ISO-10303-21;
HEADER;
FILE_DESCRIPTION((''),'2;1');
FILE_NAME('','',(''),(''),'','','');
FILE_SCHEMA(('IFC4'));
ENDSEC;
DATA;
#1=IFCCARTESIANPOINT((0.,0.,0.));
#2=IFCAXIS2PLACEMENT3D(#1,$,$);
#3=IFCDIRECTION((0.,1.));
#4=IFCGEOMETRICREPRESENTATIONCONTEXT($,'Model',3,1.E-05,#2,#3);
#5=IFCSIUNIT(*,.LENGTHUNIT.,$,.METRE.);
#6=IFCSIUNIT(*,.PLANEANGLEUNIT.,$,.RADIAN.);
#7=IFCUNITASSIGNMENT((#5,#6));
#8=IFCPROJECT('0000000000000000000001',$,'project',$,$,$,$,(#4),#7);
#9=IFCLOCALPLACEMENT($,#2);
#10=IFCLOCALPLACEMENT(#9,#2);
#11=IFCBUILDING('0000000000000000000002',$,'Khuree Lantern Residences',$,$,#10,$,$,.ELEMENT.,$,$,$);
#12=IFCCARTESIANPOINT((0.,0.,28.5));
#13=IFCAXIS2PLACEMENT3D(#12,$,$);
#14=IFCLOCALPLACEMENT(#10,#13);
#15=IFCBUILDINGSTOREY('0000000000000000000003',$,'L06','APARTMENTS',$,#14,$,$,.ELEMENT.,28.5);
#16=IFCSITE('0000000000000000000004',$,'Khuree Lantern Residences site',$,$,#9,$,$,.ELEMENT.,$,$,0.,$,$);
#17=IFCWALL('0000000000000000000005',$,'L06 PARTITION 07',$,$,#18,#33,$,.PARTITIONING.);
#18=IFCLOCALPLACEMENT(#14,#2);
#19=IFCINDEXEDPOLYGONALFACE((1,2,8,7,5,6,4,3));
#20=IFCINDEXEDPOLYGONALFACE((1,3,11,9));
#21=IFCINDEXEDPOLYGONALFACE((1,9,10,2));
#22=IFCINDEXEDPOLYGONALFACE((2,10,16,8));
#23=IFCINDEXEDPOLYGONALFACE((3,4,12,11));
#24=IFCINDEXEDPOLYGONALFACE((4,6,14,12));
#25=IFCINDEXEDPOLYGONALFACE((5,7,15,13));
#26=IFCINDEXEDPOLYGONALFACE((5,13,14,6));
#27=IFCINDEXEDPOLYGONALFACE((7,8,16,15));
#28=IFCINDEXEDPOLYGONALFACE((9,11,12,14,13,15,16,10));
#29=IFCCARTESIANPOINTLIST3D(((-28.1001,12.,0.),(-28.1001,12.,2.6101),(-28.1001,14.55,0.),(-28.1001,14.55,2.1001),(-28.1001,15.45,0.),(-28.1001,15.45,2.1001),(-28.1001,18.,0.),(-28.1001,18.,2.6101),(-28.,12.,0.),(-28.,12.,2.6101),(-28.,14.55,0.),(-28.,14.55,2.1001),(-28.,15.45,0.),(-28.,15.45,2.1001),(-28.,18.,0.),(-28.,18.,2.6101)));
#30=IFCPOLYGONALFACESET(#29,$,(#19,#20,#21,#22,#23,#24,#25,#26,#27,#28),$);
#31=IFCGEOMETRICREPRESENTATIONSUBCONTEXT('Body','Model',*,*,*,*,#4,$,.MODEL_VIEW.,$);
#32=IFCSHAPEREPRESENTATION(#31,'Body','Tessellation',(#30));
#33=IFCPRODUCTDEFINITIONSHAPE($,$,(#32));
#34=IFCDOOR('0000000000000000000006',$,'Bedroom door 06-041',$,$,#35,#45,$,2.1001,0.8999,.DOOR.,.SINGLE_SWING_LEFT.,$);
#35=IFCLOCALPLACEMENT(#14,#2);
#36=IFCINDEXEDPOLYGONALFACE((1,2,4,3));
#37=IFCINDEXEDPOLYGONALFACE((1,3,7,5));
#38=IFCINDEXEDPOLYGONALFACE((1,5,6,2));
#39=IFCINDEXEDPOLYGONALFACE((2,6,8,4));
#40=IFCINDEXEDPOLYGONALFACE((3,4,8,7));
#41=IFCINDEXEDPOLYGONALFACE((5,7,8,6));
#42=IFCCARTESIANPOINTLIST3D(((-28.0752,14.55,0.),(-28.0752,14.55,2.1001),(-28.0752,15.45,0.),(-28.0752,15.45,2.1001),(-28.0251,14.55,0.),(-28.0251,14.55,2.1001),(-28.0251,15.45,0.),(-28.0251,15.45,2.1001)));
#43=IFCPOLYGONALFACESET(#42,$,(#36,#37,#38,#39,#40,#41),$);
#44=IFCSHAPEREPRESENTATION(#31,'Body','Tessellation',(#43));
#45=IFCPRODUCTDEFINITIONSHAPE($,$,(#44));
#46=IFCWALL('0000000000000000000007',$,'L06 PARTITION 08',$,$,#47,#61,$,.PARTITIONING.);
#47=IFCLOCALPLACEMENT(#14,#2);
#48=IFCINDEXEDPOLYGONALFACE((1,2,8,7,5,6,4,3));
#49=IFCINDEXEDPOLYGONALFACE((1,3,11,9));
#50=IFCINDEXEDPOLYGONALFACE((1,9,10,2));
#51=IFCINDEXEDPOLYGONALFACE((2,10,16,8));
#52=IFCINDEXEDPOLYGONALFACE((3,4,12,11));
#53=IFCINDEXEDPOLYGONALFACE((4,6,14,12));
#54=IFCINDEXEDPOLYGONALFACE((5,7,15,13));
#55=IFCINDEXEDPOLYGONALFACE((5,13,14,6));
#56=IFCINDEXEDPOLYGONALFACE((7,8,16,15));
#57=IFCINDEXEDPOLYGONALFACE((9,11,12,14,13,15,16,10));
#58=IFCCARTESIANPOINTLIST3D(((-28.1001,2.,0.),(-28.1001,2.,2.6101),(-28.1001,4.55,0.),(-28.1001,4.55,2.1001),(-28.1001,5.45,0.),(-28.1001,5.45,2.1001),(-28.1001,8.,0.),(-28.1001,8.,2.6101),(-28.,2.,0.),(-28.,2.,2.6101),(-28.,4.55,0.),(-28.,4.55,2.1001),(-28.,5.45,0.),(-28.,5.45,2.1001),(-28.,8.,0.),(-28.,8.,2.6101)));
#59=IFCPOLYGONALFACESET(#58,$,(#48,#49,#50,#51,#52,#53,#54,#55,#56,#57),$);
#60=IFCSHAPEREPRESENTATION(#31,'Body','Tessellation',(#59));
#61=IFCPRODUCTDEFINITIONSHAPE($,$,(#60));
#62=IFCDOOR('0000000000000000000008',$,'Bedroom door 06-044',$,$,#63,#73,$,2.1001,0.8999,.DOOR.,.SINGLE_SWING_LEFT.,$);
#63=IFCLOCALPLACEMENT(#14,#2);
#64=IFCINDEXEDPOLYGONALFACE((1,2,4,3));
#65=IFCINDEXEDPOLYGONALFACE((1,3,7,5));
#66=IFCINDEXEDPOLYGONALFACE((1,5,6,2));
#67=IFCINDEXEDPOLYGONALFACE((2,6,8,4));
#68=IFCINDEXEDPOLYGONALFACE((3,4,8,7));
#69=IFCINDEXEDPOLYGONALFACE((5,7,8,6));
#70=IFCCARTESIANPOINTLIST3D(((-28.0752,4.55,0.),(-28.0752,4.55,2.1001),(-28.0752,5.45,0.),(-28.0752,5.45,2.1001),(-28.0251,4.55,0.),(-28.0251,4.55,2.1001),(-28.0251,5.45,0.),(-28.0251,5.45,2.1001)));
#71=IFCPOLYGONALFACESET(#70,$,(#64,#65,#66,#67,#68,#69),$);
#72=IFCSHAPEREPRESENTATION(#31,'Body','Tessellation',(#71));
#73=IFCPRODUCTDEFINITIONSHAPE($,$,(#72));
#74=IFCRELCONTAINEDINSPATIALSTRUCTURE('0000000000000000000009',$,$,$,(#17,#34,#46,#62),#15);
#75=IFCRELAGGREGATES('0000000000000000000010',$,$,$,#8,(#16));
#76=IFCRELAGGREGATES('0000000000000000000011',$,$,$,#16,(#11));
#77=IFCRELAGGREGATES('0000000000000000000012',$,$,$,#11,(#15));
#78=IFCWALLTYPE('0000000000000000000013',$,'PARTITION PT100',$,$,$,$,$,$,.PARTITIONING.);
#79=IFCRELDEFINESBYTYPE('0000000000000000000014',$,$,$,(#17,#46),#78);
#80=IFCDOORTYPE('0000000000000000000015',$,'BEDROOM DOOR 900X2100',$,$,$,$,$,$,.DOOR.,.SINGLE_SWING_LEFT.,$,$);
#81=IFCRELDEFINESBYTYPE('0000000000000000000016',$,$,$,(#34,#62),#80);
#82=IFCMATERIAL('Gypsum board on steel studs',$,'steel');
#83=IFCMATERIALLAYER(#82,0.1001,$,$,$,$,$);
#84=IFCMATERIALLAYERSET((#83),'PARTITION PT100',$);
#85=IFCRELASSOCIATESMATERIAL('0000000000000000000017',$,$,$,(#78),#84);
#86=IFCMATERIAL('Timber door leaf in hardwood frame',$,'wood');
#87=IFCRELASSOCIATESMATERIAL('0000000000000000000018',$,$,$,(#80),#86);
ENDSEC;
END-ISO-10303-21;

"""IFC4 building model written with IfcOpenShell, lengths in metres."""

from ifc_helpers import new_model, si_unit, direction, frame, frame_2d, origin, place, context, subcontext, project, spatial, rectangle, extrude, material, layer, layer_set, type_object, element, fill, save


model = new_model("IFC4")

# Units and contexts
model_context = context("Model", 3, precision=1e-05, world=origin(), true_north=direction((0.0, 1.0)))
body_context = subcontext(model_context, "Body", "Model", "MODEL_VIEW")
ifc_project = project(units=[si_unit("LENGTHUNIT", "METRE"), si_unit("PLANEANGLEUNIT", "RADIAN")], contexts=[model_context])

# Site, building, storey
site_placement = place(None, origin())
site = spatial("IfcSite", under=ifc_project, at=site_placement, Name="Khuree Lantern Residences site", CompositionType="ELEMENT", RefElevation=0.0)
building_placement = place(site_placement, origin())
building = spatial("IfcBuilding", under=site, at=building_placement, Name="Khuree Lantern Residences", CompositionType="ELEMENT")
storey_placement = place(building_placement, frame((0.0, 0.0, 28.5)))
storey = spatial("IfcBuildingStorey", under=building, at=storey_placement, Name="L06", Description="APARTMENTS", CompositionType="ELEMENT", Elevation=28.5)

# Shared definitions
ifc_material_1 = material(Name="Timber door leaf in hardwood frame", Category="wood")

# Shared definitions
ifc_material_2 = material(Name="Gypsum board on steel studs", Category="steel")

# Shared definitions
ifc_layer_1 = layer(ifc_material_2, 0.1001)
ifc_layer_set_1 = layer_set([ifc_layer_1], Name="PARTITION PT100")
wall_type_1 = type_object("IfcWallType", Name="PARTITION PT100", PredefinedType="PARTITIONING", material=ifc_layer_set_1)

# Walls, openings, doors
wall_1_placement = place(storey_placement, frame((-28.05, 18.0, 0.0), z_axis=(0.0, 0.0, 1.0), x_axis=(0.0, -1.0, 0.0)))
wall_1 = element("IfcWall", 1, at=wall_1_placement, inside=storey, type_object=wall_type_1, Name="L06 PARTITION 07", PredefinedType="PARTITIONING", context=body_context, shape_type="SweptSolid", body=[
    extrude(rectangle(XDim=6.0, YDim=0.1001, at=frame_2d((3.0, 0.0))), origin(), (0.0, 0.0, 1.0), 2.6101),
])
opening_1_placement = place(wall_1_placement, frame((2.55, 0.0, 0.0)))
opening_1 = element("IfcOpeningElement", 2, at=opening_1_placement, cuts=wall_1, PredefinedType="OPENING", context=body_context, shape_type="SweptSolid", body=[
    extrude(rectangle(XDim=0.8999, YDim=2.1001, at=frame_2d((0.45, 1.05))), frame((0.0, 0.0601, 0.0), z_axis=(0.0, -1.0, 0.0), x_axis=(1.0, 0.0, 0.0)), (0.0, 0.0, 1.0), 0.1201),
])
door_type_1 = type_object("IfcDoorType", Name="BEDROOM DOOR 900X2100", OperationType="SINGLE_SWING_LEFT", PredefinedType="DOOR", material=ifc_material_1)
door_1_placement = place(opening_1_placement, origin())
door_1 = element("IfcDoor", 3, at=door_1_placement, inside=storey, type_object=door_type_1, Name="Bedroom door 06-041", OperationType="SINGLE_SWING_LEFT", OverallHeight=2.1001, OverallWidth=0.8999, PredefinedType="DOOR", context=body_context, shape_type="SweptSolid", body=[
    extrude(rectangle(XDim=0.8999, YDim=2.1001, at=frame_2d((0.45, 1.05))), frame((0.0, 0.0249, 0.0), z_axis=(0.0, -1.0, 0.0), x_axis=(1.0, 0.0, 0.0)), (0.0, 0.0, 1.0), 0.05),
])
fill(opening_1, door_1)
wall_2_placement = place(storey_placement, frame((-28.05, 8.0, 0.0), z_axis=(0.0, 0.0, 1.0), x_axis=(0.0, -1.0, 0.0)))
wall_2 = element("IfcWall", 4, at=wall_2_placement, inside=storey, type_object=wall_type_1, Name="L06 PARTITION 08", PredefinedType="PARTITIONING", context=body_context, shape_type="SweptSolid", body=[
    extrude(rectangle(XDim=6.0, YDim=0.1001, at=frame_2d((3.0, 0.0))), origin(), (0.0, 0.0, 1.0), 2.6101),
])
opening_2_placement = place(wall_2_placement, frame((2.55, 0.0, 0.0)))
opening_2 = element("IfcOpeningElement", 5, at=opening_2_placement, cuts=wall_2, PredefinedType="OPENING", context=body_context, shape_type="SweptSolid", body=[
    extrude(rectangle(XDim=0.8999, YDim=2.1001, at=frame_2d((0.45, 1.05))), frame((0.0, 0.0601, 0.0), z_axis=(0.0, -1.0, 0.0), x_axis=(1.0, 0.0, 0.0)), (0.0, 0.0, 1.0), 0.1201),
])
door_2_placement = place(opening_2_placement, origin())
door_2 = element("IfcDoor", 6, at=door_2_placement, inside=storey, type_object=door_type_1, Name="Bedroom door 06-044", OperationType="SINGLE_SWING_LEFT", OverallHeight=2.1001, OverallWidth=0.8999, PredefinedType="DOOR", context=body_context, shape_type="SweptSolid", body=[
    extrude(rectangle(XDim=0.8999, YDim=2.1001, at=frame_2d((0.45, 1.05))), frame((0.0, 0.0249, 0.0), z_axis=(0.0, -1.0, 0.0), x_axis=(1.0, 0.0, 0.0)), (0.0, 0.0, 1.0), 0.05),
])
fill(opening_2, door_2)

save(model, "model.ifc")
